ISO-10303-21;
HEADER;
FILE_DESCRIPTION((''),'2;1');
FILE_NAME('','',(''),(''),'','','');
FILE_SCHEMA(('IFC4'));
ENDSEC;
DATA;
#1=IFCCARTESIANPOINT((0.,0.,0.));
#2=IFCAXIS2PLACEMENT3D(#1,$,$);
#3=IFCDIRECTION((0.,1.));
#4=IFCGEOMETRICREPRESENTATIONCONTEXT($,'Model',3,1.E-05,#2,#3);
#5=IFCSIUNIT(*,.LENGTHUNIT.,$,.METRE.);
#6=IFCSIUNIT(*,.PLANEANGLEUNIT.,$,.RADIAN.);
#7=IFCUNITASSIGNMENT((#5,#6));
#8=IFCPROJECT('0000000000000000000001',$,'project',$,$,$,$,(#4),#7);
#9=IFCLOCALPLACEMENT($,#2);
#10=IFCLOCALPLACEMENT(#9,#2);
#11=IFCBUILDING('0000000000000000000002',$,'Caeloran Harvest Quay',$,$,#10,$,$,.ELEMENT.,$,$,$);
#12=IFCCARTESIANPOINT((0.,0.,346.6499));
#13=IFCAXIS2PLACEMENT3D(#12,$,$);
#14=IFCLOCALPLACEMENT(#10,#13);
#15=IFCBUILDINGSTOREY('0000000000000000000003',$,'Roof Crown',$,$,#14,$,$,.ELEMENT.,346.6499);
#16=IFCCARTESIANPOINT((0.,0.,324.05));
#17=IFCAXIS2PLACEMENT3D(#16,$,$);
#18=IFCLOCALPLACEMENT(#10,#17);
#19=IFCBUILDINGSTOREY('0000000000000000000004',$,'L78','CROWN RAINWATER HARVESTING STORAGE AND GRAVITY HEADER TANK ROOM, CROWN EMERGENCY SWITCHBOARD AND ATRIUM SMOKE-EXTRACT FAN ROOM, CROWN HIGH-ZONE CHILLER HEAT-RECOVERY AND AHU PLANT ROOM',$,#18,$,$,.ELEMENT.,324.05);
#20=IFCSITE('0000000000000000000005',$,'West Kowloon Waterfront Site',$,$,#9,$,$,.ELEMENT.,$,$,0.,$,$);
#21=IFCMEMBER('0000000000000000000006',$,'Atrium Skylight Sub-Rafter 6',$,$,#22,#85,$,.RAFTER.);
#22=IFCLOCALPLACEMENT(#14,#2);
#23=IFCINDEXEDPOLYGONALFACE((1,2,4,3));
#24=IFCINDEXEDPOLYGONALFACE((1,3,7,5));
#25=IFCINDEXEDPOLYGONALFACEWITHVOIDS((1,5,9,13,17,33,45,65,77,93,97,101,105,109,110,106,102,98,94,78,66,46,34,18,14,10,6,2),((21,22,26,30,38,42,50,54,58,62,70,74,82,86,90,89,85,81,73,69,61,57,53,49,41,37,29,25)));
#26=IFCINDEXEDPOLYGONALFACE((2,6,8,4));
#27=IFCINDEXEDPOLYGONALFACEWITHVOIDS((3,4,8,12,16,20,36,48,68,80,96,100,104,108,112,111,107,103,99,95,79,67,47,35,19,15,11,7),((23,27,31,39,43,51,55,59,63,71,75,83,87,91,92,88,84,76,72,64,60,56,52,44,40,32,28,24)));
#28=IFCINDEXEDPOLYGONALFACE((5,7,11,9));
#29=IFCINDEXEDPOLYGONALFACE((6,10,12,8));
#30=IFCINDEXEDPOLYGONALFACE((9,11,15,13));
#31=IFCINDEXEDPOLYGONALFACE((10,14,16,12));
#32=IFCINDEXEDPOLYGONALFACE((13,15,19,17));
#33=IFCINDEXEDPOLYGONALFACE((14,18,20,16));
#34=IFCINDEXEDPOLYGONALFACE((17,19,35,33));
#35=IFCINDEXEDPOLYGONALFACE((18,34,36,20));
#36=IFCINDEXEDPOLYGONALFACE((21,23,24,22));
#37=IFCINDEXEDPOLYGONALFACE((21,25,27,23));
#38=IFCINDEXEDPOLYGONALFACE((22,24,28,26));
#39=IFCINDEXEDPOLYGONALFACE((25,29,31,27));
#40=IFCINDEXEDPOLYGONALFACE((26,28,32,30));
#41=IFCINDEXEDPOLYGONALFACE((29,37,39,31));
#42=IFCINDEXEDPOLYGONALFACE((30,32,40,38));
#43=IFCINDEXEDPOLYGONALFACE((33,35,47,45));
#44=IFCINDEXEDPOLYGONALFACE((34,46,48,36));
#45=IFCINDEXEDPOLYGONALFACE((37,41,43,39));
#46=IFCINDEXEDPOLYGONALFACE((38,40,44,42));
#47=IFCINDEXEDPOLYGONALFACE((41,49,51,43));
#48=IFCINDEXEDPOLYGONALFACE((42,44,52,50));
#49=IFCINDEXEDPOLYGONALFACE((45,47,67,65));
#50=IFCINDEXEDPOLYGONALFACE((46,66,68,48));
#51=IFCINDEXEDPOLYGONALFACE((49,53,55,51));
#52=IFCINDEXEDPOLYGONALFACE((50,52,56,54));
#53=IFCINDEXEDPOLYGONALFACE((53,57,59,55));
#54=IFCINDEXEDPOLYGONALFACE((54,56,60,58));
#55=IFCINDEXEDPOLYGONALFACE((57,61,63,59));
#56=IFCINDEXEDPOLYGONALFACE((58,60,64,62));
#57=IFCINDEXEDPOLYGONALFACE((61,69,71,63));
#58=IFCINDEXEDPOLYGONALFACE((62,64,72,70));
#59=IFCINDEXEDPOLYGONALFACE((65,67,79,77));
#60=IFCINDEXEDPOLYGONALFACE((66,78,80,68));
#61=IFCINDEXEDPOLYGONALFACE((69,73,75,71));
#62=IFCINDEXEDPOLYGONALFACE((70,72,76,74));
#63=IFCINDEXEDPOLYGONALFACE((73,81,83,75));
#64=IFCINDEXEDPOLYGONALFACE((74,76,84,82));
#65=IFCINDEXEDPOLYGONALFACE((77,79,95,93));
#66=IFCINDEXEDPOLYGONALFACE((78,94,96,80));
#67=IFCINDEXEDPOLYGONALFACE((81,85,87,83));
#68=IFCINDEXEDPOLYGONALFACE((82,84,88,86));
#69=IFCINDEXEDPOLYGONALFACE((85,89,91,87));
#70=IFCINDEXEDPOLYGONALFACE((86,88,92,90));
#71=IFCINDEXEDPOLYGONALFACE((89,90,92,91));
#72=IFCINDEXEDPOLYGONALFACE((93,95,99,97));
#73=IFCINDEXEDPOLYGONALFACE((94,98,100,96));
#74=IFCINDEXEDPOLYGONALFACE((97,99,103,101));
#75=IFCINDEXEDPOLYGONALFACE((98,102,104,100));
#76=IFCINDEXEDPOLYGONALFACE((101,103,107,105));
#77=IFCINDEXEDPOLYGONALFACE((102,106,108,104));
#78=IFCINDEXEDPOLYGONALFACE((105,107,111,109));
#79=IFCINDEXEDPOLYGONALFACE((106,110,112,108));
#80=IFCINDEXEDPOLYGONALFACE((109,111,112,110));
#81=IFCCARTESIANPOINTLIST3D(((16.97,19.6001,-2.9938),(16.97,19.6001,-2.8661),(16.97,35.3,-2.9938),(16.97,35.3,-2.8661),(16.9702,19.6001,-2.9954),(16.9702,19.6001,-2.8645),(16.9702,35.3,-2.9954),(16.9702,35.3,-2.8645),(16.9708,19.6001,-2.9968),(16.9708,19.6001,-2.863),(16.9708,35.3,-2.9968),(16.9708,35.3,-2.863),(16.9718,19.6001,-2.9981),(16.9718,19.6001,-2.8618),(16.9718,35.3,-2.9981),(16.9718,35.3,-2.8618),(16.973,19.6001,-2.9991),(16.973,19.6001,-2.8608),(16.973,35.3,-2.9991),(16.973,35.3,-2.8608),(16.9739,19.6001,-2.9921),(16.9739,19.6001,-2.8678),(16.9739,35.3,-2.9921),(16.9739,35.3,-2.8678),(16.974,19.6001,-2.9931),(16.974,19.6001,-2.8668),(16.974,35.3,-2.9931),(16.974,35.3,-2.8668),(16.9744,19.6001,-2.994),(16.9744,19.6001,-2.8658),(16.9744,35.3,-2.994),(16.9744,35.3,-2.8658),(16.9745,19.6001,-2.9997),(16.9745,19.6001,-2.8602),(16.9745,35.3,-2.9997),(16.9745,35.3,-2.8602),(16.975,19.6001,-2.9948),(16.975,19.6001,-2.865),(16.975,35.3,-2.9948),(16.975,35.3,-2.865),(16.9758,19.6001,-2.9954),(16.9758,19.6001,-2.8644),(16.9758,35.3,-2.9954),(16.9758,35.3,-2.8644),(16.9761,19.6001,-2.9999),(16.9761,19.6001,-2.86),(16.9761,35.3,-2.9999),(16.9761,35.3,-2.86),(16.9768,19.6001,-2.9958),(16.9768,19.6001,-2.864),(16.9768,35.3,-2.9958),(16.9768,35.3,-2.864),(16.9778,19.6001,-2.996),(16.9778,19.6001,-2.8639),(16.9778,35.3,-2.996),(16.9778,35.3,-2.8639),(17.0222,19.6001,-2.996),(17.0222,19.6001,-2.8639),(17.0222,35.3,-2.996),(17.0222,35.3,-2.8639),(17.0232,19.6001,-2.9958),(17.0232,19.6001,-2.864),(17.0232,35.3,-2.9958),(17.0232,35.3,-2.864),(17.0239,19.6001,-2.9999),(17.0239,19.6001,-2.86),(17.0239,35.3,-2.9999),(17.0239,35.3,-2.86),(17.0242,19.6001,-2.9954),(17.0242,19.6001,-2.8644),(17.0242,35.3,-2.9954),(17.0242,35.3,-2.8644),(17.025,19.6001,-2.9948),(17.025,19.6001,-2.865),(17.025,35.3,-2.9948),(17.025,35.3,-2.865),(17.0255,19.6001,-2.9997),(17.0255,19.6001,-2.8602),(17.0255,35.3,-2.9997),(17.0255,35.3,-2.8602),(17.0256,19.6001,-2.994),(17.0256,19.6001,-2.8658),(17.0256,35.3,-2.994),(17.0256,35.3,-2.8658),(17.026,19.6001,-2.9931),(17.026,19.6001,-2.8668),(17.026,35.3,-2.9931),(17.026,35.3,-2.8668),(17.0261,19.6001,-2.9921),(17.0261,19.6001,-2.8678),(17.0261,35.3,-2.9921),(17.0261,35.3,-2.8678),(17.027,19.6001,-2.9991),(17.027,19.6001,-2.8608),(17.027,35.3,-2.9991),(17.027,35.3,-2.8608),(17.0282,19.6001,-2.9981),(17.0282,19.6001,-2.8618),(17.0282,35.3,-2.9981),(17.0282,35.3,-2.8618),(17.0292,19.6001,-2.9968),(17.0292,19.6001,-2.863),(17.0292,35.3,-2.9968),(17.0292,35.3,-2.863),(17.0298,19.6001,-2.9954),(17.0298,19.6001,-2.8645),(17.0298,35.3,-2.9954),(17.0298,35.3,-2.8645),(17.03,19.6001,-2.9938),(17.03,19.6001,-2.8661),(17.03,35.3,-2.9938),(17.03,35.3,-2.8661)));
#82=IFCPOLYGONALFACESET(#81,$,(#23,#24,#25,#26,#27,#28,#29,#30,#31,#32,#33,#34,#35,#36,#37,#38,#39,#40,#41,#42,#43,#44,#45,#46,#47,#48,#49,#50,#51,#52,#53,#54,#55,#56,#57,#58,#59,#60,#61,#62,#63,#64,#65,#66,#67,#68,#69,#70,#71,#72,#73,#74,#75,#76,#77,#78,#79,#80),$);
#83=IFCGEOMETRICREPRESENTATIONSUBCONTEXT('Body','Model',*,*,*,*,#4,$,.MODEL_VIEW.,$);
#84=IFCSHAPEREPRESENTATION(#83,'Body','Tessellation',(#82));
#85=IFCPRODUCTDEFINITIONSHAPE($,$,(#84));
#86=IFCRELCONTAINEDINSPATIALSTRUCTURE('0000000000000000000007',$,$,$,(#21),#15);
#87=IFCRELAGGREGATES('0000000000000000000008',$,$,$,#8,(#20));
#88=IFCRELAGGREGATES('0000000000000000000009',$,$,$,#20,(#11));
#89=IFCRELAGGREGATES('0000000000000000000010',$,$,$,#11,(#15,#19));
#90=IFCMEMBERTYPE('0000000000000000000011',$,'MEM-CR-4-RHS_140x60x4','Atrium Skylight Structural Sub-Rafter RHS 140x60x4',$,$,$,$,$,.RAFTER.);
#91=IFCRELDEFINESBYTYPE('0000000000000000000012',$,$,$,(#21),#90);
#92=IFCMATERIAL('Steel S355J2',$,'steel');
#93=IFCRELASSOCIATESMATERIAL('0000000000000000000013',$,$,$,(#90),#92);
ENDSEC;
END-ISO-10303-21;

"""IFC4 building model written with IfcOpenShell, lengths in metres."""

from ifc_helpers import new_model, si_unit, direction, frame, origin, origin_2d, place, context, subcontext, project, spatial, hollow_rectangle, extrude, material, material_profile, profile_set, type_object, element, save


model = new_model("IFC4")

# Units and contexts
model_context = context("Model", 3, precision=1e-05, world=origin(), true_north=direction((0.0, 1.0)))
body_context = subcontext(model_context, "Body", "Model", "MODEL_VIEW")
ifc_project = project(units=[si_unit("LENGTHUNIT", "METRE"), si_unit("PLANEANGLEUNIT", "RADIAN")], contexts=[model_context])

# Site, building, storey
site_placement = place(None, origin())
site = spatial("IfcSite", under=ifc_project, at=site_placement, Name="West Kowloon Waterfront Site", CompositionType="ELEMENT", RefElevation=0.0)
building_placement = place(site_placement, origin())
building = spatial("IfcBuilding", under=site, at=building_placement, Name="Caeloran Harvest Quay", CompositionType="ELEMENT")
storey_1_placement = place(building_placement, frame((0.0, 0.0, 346.6499)))
storey_1 = spatial("IfcBuildingStorey", under=building, at=storey_1_placement, Name="Roof Crown", CompositionType="ELEMENT", Elevation=346.6499)

# Member
ifc_material_1 = material(Name="Steel S355J2", Category="steel")
ifc_material_profile_1 = material_profile(ifc_material_1, hollow_rectangle(XDim=0.0601, YDim=0.1399, WallThickness=0.0039, InnerFilletRadius=0.0039, OuterFilletRadius=0.0061, at=origin_2d()), Name="RHS 140x60x4")
ifc_profile_set_1 = profile_set([ifc_material_profile_1], Name="Steel S355J2")
member_type_1 = type_object("IfcMemberType", Name="MEM-CR-4-RHS_140x60x4", Description="Atrium Skylight Structural Sub-Rafter RHS 140x60x4", PredefinedType="RAFTER", material=ifc_profile_set_1)
for number, where, z_axis, x_axis, name in (
    (1, (17.0, 19.6001, -2.9299), (0.0, 1.0, 0.0), (-1.0, 0.0, 0.0), "Atrium Skylight Sub-Rafter 6"),
):
    element("IfcMember", number, at=place(storey_1_placement, frame(where, z_axis=z_axis, x_axis=x_axis)), inside=storey_1, type_object=member_type_1, Name=name, PredefinedType="RAFTER", context=body_context, shape_type="SweptSolid", body=[
        extrude(hollow_rectangle(XDim=0.0601, YDim=0.1399, WallThickness=0.0039, InnerFilletRadius=0.0039, OuterFilletRadius=0.0061, at=origin_2d()), origin(), (0.0, 0.0, 1.0), 15.7),
    ])

# Shared definitions
storey_2_placement = place(building_placement, frame((0.0, 0.0, 324.05)))
storey_2 = spatial("IfcBuildingStorey", under=building, at=storey_2_placement, Name="L78", Description="CROWN RAINWATER HARVESTING STORAGE AND GRAVITY HEADER TANK ROOM, CROWN EMERGENCY SWITCHBOARD AND ATRIUM SMOKE-EXTRACT FAN ROOM, CROWN HIGH-ZONE CHILLER HEAT-RECOVERY AND AHU PLANT ROOM", CompositionType="ELEMENT", Elevation=324.05)

save(model, "model.ifc")
